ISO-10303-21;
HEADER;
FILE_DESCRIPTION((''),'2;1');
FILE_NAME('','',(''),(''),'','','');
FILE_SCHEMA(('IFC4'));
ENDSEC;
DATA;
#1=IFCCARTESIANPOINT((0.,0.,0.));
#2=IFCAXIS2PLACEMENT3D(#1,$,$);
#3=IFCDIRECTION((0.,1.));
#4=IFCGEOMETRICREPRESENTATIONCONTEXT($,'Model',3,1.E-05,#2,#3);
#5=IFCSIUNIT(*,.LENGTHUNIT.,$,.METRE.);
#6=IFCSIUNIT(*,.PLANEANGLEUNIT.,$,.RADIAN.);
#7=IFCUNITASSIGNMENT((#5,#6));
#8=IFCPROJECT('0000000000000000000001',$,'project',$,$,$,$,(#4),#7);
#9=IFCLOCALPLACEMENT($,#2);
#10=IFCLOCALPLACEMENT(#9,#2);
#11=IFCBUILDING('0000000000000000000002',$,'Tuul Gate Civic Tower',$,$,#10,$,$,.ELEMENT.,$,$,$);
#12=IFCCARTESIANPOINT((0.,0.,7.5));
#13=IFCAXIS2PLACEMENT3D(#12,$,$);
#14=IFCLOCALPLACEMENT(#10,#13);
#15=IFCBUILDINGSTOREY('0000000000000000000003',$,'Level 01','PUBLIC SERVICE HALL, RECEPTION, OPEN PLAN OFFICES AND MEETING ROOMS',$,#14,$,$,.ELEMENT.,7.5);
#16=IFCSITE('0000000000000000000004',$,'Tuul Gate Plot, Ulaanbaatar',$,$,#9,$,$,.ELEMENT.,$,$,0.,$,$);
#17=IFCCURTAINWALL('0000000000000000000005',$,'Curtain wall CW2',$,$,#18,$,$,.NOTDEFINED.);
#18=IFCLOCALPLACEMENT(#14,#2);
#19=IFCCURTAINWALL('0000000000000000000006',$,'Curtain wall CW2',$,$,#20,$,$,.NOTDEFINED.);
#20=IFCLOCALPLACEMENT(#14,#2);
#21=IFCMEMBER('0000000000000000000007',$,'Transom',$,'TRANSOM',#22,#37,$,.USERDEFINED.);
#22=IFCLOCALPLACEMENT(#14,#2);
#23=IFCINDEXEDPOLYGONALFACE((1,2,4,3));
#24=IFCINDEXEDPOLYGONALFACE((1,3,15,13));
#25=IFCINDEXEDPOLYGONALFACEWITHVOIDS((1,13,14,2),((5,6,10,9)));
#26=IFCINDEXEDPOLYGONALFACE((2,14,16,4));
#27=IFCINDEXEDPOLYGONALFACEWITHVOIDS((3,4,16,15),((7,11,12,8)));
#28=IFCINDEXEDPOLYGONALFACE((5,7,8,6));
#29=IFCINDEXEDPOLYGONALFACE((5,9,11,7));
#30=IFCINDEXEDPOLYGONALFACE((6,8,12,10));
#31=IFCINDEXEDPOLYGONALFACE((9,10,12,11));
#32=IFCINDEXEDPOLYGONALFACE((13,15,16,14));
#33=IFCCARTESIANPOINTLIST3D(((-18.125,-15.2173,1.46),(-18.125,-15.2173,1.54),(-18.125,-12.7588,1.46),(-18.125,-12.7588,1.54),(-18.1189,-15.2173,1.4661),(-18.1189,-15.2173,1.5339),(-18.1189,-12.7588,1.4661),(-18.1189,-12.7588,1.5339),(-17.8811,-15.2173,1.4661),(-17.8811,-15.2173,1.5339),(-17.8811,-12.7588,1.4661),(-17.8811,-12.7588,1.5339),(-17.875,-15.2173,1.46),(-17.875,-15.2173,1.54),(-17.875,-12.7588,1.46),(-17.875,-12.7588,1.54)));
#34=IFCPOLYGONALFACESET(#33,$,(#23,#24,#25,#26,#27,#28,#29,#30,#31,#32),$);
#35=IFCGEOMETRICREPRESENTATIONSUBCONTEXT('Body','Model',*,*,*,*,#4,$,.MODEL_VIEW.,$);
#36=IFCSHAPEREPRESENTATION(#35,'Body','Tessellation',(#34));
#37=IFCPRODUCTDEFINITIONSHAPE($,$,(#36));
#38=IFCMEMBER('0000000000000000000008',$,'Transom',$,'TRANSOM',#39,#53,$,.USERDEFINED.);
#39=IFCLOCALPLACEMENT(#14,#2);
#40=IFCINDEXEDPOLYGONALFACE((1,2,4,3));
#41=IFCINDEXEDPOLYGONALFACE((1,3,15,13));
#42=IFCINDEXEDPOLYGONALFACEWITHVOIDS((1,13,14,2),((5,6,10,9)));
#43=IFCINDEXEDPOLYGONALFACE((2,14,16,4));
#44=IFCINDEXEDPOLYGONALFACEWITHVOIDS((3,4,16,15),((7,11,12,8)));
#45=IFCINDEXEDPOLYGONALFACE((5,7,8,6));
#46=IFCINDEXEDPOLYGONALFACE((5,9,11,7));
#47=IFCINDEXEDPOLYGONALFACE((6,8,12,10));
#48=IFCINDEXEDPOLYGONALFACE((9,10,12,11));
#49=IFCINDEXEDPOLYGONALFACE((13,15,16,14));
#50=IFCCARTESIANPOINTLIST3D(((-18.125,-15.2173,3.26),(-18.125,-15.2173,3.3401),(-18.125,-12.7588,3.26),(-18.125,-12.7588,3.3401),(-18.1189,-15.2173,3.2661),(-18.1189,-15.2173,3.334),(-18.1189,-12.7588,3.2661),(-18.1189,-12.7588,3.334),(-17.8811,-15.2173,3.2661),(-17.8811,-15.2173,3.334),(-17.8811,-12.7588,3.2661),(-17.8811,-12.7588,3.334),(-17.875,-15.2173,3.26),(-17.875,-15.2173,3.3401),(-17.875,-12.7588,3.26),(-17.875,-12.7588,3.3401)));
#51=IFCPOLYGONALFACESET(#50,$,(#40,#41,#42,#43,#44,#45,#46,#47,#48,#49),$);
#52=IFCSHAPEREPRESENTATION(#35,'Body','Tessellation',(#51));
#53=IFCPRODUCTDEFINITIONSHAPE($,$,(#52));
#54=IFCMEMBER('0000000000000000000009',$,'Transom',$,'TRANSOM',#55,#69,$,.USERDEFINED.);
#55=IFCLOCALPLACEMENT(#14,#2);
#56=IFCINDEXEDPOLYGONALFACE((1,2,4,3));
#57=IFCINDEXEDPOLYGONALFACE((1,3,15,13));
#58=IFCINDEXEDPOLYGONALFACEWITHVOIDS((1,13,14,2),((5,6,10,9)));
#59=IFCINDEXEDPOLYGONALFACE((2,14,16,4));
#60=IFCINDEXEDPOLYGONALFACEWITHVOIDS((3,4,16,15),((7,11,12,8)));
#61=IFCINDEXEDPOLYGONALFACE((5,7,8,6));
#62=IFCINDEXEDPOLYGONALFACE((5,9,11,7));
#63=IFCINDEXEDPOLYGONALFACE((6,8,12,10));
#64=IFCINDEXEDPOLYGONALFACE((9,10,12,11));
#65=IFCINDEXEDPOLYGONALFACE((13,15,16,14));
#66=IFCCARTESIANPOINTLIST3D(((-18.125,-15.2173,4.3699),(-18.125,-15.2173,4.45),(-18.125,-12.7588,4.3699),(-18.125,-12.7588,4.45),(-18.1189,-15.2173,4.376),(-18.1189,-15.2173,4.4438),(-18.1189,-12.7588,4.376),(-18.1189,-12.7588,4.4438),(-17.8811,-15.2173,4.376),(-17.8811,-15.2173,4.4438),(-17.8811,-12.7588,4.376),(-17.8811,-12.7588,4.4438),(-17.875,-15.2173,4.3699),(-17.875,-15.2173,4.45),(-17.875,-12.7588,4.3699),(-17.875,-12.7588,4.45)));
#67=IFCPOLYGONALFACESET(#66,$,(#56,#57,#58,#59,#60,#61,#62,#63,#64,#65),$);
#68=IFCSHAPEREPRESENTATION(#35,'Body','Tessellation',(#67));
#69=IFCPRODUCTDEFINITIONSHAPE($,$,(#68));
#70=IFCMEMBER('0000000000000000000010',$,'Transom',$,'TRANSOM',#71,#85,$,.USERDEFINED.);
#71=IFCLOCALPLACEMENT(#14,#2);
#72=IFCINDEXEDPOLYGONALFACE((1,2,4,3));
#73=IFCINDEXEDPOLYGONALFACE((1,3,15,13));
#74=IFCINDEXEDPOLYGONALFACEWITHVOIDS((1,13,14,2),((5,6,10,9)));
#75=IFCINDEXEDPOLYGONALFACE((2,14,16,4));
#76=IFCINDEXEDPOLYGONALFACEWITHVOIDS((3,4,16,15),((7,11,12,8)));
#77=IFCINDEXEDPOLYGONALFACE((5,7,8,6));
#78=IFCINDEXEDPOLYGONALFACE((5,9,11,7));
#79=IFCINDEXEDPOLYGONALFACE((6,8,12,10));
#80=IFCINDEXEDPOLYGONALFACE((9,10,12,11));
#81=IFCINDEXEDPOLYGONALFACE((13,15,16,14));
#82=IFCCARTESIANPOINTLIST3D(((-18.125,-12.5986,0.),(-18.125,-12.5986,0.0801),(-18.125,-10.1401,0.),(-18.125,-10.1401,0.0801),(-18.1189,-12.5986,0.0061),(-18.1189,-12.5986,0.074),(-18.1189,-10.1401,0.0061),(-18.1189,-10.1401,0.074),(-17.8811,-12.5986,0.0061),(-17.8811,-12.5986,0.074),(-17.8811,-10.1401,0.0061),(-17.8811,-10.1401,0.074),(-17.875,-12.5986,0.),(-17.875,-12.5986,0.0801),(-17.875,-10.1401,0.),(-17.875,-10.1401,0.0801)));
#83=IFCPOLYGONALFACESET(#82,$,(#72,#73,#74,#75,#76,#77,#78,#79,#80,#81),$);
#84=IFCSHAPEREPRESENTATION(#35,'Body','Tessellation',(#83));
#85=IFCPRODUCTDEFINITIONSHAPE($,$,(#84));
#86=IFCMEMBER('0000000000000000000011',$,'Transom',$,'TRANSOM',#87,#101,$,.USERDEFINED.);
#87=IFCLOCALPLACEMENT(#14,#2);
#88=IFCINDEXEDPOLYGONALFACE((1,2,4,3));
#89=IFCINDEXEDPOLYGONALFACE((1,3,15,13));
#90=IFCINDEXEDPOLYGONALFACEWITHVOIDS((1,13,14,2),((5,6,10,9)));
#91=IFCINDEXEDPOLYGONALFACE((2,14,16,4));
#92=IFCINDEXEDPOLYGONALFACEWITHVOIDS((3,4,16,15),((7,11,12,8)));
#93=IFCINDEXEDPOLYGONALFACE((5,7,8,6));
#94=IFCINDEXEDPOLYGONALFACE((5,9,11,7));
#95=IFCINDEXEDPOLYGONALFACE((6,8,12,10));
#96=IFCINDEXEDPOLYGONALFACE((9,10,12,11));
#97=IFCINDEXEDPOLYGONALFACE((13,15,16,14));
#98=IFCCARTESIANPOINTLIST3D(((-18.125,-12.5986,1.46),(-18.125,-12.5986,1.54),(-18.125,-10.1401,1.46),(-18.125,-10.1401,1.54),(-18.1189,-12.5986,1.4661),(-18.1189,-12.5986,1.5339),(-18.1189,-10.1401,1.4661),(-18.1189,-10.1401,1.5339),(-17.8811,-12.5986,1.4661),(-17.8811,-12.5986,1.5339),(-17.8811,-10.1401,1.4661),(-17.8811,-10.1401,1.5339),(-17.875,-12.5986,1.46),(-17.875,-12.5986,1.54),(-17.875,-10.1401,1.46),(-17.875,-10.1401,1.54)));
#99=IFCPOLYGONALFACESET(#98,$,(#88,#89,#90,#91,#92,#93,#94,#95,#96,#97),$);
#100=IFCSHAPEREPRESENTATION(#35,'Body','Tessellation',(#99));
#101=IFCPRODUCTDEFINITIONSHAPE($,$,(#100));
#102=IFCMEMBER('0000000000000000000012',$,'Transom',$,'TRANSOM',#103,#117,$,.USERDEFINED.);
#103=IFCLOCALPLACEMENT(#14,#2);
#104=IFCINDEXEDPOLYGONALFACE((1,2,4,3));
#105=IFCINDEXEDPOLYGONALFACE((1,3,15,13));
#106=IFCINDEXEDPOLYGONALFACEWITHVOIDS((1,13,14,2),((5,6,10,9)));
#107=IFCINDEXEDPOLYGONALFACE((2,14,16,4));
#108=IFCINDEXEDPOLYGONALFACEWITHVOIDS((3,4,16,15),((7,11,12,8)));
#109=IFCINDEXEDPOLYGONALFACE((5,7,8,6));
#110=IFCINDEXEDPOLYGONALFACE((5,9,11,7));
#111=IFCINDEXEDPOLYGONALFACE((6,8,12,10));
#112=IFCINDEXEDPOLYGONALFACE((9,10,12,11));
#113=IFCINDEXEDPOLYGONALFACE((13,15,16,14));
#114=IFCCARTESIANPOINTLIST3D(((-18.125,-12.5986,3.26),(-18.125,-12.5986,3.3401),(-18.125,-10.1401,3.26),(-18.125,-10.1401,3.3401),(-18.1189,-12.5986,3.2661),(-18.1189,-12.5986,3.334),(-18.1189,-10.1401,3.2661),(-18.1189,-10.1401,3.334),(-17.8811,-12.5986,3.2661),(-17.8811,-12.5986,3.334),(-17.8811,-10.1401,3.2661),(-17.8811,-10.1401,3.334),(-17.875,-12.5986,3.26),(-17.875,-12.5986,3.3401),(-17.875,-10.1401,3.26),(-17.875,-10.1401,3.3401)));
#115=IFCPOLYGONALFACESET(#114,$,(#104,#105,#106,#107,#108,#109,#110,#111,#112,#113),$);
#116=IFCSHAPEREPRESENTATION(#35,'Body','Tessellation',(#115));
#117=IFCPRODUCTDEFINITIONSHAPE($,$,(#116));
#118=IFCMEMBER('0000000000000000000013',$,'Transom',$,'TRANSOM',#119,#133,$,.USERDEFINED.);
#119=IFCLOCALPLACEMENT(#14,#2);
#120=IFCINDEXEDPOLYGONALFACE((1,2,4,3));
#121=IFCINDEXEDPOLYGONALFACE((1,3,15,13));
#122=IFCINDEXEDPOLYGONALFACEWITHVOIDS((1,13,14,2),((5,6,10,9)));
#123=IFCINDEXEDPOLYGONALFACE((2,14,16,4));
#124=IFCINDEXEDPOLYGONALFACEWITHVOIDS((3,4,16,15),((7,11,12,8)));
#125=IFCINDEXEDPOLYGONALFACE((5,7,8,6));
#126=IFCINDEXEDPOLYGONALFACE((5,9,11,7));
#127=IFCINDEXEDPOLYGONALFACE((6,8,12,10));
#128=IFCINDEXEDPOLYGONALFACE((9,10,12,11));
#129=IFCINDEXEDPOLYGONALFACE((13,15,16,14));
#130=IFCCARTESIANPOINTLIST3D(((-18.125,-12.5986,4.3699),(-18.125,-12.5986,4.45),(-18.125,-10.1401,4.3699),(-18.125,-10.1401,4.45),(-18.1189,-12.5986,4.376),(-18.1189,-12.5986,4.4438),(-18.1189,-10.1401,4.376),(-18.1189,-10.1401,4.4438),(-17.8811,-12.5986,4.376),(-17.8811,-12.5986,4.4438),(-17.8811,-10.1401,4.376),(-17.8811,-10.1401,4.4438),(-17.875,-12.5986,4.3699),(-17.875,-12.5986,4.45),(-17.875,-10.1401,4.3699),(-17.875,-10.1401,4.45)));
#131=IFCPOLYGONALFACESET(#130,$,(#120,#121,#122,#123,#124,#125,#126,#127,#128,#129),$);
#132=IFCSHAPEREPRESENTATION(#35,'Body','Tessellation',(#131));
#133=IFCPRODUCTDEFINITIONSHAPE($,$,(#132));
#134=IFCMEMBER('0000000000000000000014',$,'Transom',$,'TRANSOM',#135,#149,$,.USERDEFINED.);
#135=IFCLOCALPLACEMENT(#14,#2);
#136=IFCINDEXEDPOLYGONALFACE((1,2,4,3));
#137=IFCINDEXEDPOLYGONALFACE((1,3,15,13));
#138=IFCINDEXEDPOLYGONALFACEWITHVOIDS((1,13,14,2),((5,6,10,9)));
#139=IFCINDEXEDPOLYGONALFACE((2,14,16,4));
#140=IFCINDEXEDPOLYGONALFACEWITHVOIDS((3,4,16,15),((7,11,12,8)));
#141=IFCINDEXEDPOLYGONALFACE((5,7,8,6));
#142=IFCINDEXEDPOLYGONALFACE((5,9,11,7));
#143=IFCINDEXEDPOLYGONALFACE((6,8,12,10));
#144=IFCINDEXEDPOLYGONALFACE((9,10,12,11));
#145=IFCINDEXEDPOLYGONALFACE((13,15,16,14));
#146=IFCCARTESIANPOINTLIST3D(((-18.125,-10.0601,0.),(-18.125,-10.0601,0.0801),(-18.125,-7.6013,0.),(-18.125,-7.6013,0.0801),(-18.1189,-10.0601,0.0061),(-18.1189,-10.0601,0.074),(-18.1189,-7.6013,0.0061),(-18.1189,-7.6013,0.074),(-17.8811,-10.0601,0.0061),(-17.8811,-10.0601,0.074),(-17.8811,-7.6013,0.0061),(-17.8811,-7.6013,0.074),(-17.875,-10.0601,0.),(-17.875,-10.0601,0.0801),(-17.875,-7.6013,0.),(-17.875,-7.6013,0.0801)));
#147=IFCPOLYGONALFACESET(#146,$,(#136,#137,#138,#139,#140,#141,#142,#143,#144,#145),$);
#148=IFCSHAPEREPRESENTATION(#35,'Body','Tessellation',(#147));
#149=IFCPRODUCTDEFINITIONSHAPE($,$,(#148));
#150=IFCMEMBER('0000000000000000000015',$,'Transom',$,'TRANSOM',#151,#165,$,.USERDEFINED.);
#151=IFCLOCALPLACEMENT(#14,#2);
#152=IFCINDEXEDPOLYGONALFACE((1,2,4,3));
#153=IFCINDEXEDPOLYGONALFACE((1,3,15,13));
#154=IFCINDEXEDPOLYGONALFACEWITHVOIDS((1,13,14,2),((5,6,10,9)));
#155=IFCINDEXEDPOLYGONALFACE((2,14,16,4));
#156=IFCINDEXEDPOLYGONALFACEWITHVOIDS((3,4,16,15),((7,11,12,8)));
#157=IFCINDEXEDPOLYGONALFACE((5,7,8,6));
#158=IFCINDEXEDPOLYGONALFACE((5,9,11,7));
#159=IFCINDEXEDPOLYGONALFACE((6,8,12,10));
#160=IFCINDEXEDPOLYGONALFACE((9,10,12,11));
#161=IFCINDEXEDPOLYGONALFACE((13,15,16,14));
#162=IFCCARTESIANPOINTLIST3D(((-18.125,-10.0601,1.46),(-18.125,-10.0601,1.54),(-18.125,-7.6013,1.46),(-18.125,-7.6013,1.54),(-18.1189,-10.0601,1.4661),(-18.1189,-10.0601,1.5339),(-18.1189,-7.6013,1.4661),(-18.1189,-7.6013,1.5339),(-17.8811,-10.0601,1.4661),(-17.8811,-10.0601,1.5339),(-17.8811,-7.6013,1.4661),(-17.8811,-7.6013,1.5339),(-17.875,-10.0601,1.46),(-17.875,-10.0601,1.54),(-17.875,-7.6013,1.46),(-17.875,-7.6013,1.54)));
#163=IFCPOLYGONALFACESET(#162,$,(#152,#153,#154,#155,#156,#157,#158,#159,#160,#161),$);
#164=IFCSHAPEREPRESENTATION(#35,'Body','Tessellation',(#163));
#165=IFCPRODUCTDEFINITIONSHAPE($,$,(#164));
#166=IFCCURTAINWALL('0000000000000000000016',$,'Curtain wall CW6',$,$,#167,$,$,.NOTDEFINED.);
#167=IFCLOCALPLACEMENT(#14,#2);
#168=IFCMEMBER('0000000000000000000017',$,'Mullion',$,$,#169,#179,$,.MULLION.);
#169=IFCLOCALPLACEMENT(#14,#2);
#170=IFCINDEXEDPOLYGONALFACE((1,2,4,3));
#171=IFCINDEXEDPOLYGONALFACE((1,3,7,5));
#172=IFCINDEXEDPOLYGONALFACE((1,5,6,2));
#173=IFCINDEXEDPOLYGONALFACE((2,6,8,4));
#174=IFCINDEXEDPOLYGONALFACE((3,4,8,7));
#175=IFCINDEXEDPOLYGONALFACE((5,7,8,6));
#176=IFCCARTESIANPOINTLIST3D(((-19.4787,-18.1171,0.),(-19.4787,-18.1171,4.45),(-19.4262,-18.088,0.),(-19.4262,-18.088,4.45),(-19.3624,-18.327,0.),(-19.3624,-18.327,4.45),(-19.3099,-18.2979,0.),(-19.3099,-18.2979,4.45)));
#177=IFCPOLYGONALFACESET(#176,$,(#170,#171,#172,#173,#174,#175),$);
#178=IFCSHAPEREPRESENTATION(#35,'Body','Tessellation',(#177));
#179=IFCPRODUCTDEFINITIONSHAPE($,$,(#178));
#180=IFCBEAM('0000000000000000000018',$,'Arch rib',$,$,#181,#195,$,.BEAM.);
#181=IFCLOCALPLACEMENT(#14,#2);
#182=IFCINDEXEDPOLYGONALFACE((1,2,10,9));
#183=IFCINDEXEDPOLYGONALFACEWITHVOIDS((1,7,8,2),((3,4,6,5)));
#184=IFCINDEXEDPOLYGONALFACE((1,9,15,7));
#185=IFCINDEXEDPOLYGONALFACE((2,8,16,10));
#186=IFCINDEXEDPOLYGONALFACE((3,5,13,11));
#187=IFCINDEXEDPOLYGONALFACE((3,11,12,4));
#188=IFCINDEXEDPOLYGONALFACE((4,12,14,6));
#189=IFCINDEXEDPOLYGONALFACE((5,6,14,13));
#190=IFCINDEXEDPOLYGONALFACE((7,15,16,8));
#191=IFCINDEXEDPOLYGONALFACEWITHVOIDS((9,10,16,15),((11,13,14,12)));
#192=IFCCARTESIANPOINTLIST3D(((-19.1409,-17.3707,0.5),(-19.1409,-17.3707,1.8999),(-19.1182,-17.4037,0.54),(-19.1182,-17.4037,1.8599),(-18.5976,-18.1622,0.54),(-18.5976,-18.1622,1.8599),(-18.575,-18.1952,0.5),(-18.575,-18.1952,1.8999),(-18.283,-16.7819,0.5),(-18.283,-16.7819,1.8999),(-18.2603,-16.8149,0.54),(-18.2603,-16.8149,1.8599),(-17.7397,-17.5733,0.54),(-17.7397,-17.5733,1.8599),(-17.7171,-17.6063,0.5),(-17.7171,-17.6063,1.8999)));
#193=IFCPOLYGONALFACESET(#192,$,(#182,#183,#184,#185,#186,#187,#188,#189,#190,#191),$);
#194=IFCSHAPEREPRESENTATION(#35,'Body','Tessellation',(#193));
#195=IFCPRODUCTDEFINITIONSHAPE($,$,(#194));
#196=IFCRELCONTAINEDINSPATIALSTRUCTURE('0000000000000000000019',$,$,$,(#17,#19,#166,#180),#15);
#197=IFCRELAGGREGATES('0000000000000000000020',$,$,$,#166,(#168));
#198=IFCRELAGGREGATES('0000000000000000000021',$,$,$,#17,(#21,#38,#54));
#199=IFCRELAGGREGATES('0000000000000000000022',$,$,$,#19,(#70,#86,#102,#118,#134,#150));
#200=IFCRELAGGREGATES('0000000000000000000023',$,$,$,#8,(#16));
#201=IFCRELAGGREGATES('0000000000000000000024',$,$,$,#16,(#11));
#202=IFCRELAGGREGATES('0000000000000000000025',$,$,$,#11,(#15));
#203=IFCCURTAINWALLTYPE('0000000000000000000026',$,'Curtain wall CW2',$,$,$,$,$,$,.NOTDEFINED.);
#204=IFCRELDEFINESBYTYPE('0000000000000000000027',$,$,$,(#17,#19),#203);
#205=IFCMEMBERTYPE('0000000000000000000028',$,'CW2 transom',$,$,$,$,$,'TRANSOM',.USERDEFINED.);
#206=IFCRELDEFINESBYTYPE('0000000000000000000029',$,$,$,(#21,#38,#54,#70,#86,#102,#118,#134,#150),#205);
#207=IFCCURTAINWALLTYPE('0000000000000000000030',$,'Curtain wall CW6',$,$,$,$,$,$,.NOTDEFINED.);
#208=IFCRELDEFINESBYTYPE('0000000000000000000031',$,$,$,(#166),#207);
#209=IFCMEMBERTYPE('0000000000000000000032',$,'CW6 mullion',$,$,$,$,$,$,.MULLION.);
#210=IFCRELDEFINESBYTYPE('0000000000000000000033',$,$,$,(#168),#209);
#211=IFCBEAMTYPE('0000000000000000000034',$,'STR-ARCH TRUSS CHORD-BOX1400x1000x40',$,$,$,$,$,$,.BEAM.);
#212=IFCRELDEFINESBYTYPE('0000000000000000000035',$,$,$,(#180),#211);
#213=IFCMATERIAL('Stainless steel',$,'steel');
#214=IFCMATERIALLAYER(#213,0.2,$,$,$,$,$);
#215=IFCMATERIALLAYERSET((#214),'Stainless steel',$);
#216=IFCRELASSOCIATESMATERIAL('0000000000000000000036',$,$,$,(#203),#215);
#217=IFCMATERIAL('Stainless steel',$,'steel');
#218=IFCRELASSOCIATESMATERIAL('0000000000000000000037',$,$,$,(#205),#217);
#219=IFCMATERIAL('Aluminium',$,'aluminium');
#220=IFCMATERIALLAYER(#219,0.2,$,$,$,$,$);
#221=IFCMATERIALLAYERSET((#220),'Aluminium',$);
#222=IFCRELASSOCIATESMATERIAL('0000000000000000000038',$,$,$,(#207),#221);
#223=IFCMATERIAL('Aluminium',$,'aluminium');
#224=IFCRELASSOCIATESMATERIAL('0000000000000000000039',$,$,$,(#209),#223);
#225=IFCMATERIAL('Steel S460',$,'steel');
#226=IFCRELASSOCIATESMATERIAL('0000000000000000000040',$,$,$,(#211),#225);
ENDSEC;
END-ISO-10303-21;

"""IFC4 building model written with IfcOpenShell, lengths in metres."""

from ifc_helpers import new_model, si_unit, direction, frame, origin, origin_2d, place, context, subcontext, project, spatial, rectangle, hollow_rectangle, extrude, material, layer, layer_set, material_profile, profile_set, type_object, element, aggregate, save


model = new_model("IFC4")

# Units and contexts
model_context = context("Model", 3, precision=1e-05, world=origin(), true_north=direction((0.0, 1.0)))
body_context = subcontext(model_context, "Body", "Model", "MODEL_VIEW")
ifc_project = project(units=[si_unit("LENGTHUNIT", "METRE"), si_unit("PLANEANGLEUNIT", "RADIAN")], contexts=[model_context])

# Site, building, storey
site_placement = place(None, origin())
site = spatial("IfcSite", under=ifc_project, at=site_placement, Name="Tuul Gate Plot, Ulaanbaatar", CompositionType="ELEMENT", RefElevation=0.0)
building_placement = place(site_placement, origin())
building = spatial("IfcBuilding", under=site, at=building_placement, Name="Tuul Gate Civic Tower", CompositionType="ELEMENT")
storey_placement = place(building_placement, frame((0.0, 0.0, 7.5)))
storey = spatial("IfcBuildingStorey", under=building, at=storey_placement, Name="Level 01", Description="PUBLIC SERVICE HALL, RECEPTION, OPEN PLAN OFFICES AND MEETING ROOMS", CompositionType="ELEMENT", Elevation=7.5)

# Curtain walls
ifc_material_1 = material(Name="Stainless steel", Category="steel")
ifc_layer_1 = layer(ifc_material_1, 0.2)
ifc_layer_set_1 = layer_set([ifc_layer_1], Name="Stainless steel")
curtain_wall_type_1 = type_object("IfcCurtainWallType", Name="Curtain wall CW2", PredefinedType="NOTDEFINED", material=ifc_layer_set_1)
curtain_wall_1_placement = place(storey_placement, origin())
curtain_wall_1 = element("IfcCurtainWall", 1, at=curtain_wall_1_placement, inside=storey, type_object=curtain_wall_type_1, Name="Curtain wall CW2", PredefinedType="NOTDEFINED")
curtain_wall_2_placement = place(storey_placement, origin())
curtain_wall_2 = element("IfcCurtainWall", 2, at=curtain_wall_2_placement, inside=storey, type_object=curtain_wall_type_1, Name="Curtain wall CW2", PredefinedType="NOTDEFINED")

# Members
ifc_material_2 = material(Name="Stainless steel", Category="steel")
ifc_material_profile_1 = material_profile(ifc_material_2, hollow_rectangle(XDim=0.25, YDim=0.0801, WallThickness=0.0061, at=origin_2d()), Name="CW2 transom")
ifc_profile_set_1 = profile_set([ifc_material_profile_1], Name="Stainless steel")
member_type_1 = type_object("IfcMemberType", Name="CW2 transom", ElementType="TRANSOM", PredefinedType="USERDEFINED", material=ifc_profile_set_1)
member_1_placement = place(storey_placement, frame((-18.0, -15.2173, 1.5), z_axis=(0.0, 1.0, 0.0), x_axis=(-1.0, 0.0, 0.0)))
member_1 = element("IfcMember", 3, at=member_1_placement, type_object=member_type_1, Name="Transom", ObjectType="TRANSOM", PredefinedType="USERDEFINED", context=body_context, shape_type="SweptSolid", body=[
    extrude(hollow_rectangle(XDim=0.25, YDim=0.0801, WallThickness=0.0061, at=origin_2d()), origin(), (0.0, 0.0, 1.0), 2.4585),
])
member_2_placement = place(storey_placement, frame((-18.0, -15.2173, 3.3), z_axis=(0.0, 1.0, 0.0), x_axis=(-1.0, 0.0, 0.0)))
member_2 = element("IfcMember", 4, at=member_2_placement, type_object=member_type_1, Name="Transom", ObjectType="TRANSOM", PredefinedType="USERDEFINED", context=body_context, shape_type="SweptSolid", body=[
    extrude(hollow_rectangle(XDim=0.25, YDim=0.0801, WallThickness=0.0061, at=origin_2d()), origin(), (0.0, 0.0, 1.0), 2.4585),
])
member_3_placement = place(storey_placement, frame((-18.0, -15.2173, 4.4099), z_axis=(0.0, 1.0, 0.0), x_axis=(-1.0, 0.0, 0.0)))
member_3 = element("IfcMember", 5, at=member_3_placement, type_object=member_type_1, Name="Transom", ObjectType="TRANSOM", PredefinedType="USERDEFINED", context=body_context, shape_type="SweptSolid", body=[
    extrude(hollow_rectangle(XDim=0.25, YDim=0.0801, WallThickness=0.0061, at=origin_2d()), origin(), (0.0, 0.0, 1.0), 2.4585),
])
member_4_placement = place(storey_placement, frame((-18.0, -12.5986, 0.04), z_axis=(0.0, 1.0, 0.0), x_axis=(-1.0, 0.0, 0.0)))
member_4 = element("IfcMember", 6, at=member_4_placement, type_object=member_type_1, Name="Transom", ObjectType="TRANSOM", PredefinedType="USERDEFINED", context=body_context, shape_type="SweptSolid", body=[
    extrude(hollow_rectangle(XDim=0.25, YDim=0.0801, WallThickness=0.0061, at=origin_2d()), origin(), (0.0, 0.0, 1.0), 2.4585),
])
member_5_placement = place(storey_placement, frame((-18.0, -12.5986, 1.5), z_axis=(0.0, 1.0, 0.0), x_axis=(-1.0, 0.0, 0.0)))
member_5 = element("IfcMember", 7, at=member_5_placement, type_object=member_type_1, Name="Transom", ObjectType="TRANSOM", PredefinedType="USERDEFINED", context=body_context, shape_type="SweptSolid", body=[
    extrude(hollow_rectangle(XDim=0.25, YDim=0.0801, WallThickness=0.0061, at=origin_2d()), origin(), (0.0, 0.0, 1.0), 2.4585),
])
member_6_placement = place(storey_placement, frame((-18.0, -12.5986, 3.3), z_axis=(0.0, 1.0, 0.0), x_axis=(-1.0, 0.0, 0.0)))
member_6 = element("IfcMember", 8, at=member_6_placement, type_object=member_type_1, Name="Transom", ObjectType="TRANSOM", PredefinedType="USERDEFINED", context=body_context, shape_type="SweptSolid", body=[
    extrude(hollow_rectangle(XDim=0.25, YDim=0.0801, WallThickness=0.0061, at=origin_2d()), origin(), (0.0, 0.0, 1.0), 2.4585),
])
member_7_placement = place(storey_placement, frame((-18.0, -12.5986, 4.4099), z_axis=(0.0, 1.0, 0.0), x_axis=(-1.0, 0.0, 0.0)))
member_7 = element("IfcMember", 9, at=member_7_placement, type_object=member_type_1, Name="Transom", ObjectType="TRANSOM", PredefinedType="USERDEFINED", context=body_context, shape_type="SweptSolid", body=[
    extrude(hollow_rectangle(XDim=0.25, YDim=0.0801, WallThickness=0.0061, at=origin_2d()), origin(), (0.0, 0.0, 1.0), 2.4585),
])
member_8_placement = place(storey_placement, frame((-18.0, -10.0601, 0.04), z_axis=(0.0, 1.0, 0.0), x_axis=(-1.0, 0.0, 0.0)))
member_8 = element("IfcMember", 10, at=member_8_placement, type_object=member_type_1, Name="Transom", ObjectType="TRANSOM", PredefinedType="USERDEFINED", context=body_context, shape_type="SweptSolid", body=[
    extrude(hollow_rectangle(XDim=0.25, YDim=0.0801, WallThickness=0.0061, at=origin_2d()), origin(), (0.0, 0.0, 1.0), 2.4587),
])
member_9_placement = place(storey_placement, frame((-18.0, -10.0601, 1.5), z_axis=(0.0, 1.0, 0.0), x_axis=(-1.0, 0.0, 0.0)))
member_9 = element("IfcMember", 11, at=member_9_placement, type_object=member_type_1, Name="Transom", ObjectType="TRANSOM", PredefinedType="USERDEFINED", context=body_context, shape_type="SweptSolid", body=[
    extrude(hollow_rectangle(XDim=0.25, YDim=0.0801, WallThickness=0.0061, at=origin_2d()), origin(), (0.0, 0.0, 1.0), 2.4587),
])

# Curtain wall, member
ifc_material_3 = material(Name="Aluminium", Category="aluminium")
ifc_layer_2 = layer(ifc_material_3, 0.2)
ifc_layer_set_2 = layer_set([ifc_layer_2], Name="Aluminium")
curtain_wall_type_2 = type_object("IfcCurtainWallType", Name="Curtain wall CW6", PredefinedType="NOTDEFINED", material=ifc_layer_set_2)
curtain_wall_3_placement = place(storey_placement, origin())
curtain_wall_3 = element("IfcCurtainWall", 12, at=curtain_wall_3_placement, inside=storey, type_object=curtain_wall_type_2, Name="Curtain wall CW6", PredefinedType="NOTDEFINED")
ifc_material_4 = material(Name="Aluminium", Category="aluminium")
ifc_material_profile_2 = material_profile(ifc_material_4, rectangle(XDim=0.24, YDim=0.0601, at=origin_2d()), Name="CW6 mullion")
ifc_profile_set_2 = profile_set([ifc_material_profile_2], Name="Aluminium")
member_type_2 = type_object("IfcMemberType", Name="CW6 mullion", PredefinedType="MULLION", material=ifc_profile_set_2)
member_10_placement = place(storey_placement, frame((-19.3943, -18.2075, 0.0), z_axis=(0.0, 0.0, 1.0), x_axis=(-0.484724, 0.874667, 0.0)))
member_10 = element("IfcMember", 13, at=member_10_placement, type_object=member_type_2, Name="Mullion", PredefinedType="MULLION", context=body_context, shape_type="SweptSolid", body=[
    extrude(rectangle(XDim=0.24, YDim=0.0601, at=origin_2d()), origin(), (0.0, 0.0, 1.0), 4.45),
])
aggregate(curtain_wall_3, [member_10])

# Beam
ifc_material_5 = material(Name="Steel S460", Category="steel")
ifc_material_profile_3 = material_profile(ifc_material_5, hollow_rectangle(XDim=1.0, YDim=1.3999, WallThickness=0.04, at=origin_2d()), Name="BOX1400x1000x40")
ifc_profile_set_3 = profile_set([ifc_material_profile_3], Name="Steel S460")
beam_type_1 = type_object("IfcBeamType", Name="STR-ARCH TRUSS CHORD-BOX1400x1000x40", PredefinedType="BEAM", material=ifc_profile_set_3)
beam_1_placement = place(storey_placement, frame((-18.8579, -17.783, 1.2), z_axis=(0.824466, 0.565911, 0.0), x_axis=(-0.565911, 0.824466, 0.0)))
element("IfcBeam", 14, at=beam_1_placement, inside=storey, type_object=beam_type_1, Name="Arch rib", PredefinedType="BEAM", context=body_context, shape_type="SweptSolid", body=[
    extrude(hollow_rectangle(XDim=1.0, YDim=1.3999, WallThickness=0.04, at=origin_2d()), origin(), (0.0, 0.0, 1.0), 1.0405),
])

aggregate(curtain_wall_1, [member_1, member_2, member_3])
aggregate(curtain_wall_2, [member_4, member_5, member_6, member_7, member_8, member_9])

save(model, "model.ifc")
